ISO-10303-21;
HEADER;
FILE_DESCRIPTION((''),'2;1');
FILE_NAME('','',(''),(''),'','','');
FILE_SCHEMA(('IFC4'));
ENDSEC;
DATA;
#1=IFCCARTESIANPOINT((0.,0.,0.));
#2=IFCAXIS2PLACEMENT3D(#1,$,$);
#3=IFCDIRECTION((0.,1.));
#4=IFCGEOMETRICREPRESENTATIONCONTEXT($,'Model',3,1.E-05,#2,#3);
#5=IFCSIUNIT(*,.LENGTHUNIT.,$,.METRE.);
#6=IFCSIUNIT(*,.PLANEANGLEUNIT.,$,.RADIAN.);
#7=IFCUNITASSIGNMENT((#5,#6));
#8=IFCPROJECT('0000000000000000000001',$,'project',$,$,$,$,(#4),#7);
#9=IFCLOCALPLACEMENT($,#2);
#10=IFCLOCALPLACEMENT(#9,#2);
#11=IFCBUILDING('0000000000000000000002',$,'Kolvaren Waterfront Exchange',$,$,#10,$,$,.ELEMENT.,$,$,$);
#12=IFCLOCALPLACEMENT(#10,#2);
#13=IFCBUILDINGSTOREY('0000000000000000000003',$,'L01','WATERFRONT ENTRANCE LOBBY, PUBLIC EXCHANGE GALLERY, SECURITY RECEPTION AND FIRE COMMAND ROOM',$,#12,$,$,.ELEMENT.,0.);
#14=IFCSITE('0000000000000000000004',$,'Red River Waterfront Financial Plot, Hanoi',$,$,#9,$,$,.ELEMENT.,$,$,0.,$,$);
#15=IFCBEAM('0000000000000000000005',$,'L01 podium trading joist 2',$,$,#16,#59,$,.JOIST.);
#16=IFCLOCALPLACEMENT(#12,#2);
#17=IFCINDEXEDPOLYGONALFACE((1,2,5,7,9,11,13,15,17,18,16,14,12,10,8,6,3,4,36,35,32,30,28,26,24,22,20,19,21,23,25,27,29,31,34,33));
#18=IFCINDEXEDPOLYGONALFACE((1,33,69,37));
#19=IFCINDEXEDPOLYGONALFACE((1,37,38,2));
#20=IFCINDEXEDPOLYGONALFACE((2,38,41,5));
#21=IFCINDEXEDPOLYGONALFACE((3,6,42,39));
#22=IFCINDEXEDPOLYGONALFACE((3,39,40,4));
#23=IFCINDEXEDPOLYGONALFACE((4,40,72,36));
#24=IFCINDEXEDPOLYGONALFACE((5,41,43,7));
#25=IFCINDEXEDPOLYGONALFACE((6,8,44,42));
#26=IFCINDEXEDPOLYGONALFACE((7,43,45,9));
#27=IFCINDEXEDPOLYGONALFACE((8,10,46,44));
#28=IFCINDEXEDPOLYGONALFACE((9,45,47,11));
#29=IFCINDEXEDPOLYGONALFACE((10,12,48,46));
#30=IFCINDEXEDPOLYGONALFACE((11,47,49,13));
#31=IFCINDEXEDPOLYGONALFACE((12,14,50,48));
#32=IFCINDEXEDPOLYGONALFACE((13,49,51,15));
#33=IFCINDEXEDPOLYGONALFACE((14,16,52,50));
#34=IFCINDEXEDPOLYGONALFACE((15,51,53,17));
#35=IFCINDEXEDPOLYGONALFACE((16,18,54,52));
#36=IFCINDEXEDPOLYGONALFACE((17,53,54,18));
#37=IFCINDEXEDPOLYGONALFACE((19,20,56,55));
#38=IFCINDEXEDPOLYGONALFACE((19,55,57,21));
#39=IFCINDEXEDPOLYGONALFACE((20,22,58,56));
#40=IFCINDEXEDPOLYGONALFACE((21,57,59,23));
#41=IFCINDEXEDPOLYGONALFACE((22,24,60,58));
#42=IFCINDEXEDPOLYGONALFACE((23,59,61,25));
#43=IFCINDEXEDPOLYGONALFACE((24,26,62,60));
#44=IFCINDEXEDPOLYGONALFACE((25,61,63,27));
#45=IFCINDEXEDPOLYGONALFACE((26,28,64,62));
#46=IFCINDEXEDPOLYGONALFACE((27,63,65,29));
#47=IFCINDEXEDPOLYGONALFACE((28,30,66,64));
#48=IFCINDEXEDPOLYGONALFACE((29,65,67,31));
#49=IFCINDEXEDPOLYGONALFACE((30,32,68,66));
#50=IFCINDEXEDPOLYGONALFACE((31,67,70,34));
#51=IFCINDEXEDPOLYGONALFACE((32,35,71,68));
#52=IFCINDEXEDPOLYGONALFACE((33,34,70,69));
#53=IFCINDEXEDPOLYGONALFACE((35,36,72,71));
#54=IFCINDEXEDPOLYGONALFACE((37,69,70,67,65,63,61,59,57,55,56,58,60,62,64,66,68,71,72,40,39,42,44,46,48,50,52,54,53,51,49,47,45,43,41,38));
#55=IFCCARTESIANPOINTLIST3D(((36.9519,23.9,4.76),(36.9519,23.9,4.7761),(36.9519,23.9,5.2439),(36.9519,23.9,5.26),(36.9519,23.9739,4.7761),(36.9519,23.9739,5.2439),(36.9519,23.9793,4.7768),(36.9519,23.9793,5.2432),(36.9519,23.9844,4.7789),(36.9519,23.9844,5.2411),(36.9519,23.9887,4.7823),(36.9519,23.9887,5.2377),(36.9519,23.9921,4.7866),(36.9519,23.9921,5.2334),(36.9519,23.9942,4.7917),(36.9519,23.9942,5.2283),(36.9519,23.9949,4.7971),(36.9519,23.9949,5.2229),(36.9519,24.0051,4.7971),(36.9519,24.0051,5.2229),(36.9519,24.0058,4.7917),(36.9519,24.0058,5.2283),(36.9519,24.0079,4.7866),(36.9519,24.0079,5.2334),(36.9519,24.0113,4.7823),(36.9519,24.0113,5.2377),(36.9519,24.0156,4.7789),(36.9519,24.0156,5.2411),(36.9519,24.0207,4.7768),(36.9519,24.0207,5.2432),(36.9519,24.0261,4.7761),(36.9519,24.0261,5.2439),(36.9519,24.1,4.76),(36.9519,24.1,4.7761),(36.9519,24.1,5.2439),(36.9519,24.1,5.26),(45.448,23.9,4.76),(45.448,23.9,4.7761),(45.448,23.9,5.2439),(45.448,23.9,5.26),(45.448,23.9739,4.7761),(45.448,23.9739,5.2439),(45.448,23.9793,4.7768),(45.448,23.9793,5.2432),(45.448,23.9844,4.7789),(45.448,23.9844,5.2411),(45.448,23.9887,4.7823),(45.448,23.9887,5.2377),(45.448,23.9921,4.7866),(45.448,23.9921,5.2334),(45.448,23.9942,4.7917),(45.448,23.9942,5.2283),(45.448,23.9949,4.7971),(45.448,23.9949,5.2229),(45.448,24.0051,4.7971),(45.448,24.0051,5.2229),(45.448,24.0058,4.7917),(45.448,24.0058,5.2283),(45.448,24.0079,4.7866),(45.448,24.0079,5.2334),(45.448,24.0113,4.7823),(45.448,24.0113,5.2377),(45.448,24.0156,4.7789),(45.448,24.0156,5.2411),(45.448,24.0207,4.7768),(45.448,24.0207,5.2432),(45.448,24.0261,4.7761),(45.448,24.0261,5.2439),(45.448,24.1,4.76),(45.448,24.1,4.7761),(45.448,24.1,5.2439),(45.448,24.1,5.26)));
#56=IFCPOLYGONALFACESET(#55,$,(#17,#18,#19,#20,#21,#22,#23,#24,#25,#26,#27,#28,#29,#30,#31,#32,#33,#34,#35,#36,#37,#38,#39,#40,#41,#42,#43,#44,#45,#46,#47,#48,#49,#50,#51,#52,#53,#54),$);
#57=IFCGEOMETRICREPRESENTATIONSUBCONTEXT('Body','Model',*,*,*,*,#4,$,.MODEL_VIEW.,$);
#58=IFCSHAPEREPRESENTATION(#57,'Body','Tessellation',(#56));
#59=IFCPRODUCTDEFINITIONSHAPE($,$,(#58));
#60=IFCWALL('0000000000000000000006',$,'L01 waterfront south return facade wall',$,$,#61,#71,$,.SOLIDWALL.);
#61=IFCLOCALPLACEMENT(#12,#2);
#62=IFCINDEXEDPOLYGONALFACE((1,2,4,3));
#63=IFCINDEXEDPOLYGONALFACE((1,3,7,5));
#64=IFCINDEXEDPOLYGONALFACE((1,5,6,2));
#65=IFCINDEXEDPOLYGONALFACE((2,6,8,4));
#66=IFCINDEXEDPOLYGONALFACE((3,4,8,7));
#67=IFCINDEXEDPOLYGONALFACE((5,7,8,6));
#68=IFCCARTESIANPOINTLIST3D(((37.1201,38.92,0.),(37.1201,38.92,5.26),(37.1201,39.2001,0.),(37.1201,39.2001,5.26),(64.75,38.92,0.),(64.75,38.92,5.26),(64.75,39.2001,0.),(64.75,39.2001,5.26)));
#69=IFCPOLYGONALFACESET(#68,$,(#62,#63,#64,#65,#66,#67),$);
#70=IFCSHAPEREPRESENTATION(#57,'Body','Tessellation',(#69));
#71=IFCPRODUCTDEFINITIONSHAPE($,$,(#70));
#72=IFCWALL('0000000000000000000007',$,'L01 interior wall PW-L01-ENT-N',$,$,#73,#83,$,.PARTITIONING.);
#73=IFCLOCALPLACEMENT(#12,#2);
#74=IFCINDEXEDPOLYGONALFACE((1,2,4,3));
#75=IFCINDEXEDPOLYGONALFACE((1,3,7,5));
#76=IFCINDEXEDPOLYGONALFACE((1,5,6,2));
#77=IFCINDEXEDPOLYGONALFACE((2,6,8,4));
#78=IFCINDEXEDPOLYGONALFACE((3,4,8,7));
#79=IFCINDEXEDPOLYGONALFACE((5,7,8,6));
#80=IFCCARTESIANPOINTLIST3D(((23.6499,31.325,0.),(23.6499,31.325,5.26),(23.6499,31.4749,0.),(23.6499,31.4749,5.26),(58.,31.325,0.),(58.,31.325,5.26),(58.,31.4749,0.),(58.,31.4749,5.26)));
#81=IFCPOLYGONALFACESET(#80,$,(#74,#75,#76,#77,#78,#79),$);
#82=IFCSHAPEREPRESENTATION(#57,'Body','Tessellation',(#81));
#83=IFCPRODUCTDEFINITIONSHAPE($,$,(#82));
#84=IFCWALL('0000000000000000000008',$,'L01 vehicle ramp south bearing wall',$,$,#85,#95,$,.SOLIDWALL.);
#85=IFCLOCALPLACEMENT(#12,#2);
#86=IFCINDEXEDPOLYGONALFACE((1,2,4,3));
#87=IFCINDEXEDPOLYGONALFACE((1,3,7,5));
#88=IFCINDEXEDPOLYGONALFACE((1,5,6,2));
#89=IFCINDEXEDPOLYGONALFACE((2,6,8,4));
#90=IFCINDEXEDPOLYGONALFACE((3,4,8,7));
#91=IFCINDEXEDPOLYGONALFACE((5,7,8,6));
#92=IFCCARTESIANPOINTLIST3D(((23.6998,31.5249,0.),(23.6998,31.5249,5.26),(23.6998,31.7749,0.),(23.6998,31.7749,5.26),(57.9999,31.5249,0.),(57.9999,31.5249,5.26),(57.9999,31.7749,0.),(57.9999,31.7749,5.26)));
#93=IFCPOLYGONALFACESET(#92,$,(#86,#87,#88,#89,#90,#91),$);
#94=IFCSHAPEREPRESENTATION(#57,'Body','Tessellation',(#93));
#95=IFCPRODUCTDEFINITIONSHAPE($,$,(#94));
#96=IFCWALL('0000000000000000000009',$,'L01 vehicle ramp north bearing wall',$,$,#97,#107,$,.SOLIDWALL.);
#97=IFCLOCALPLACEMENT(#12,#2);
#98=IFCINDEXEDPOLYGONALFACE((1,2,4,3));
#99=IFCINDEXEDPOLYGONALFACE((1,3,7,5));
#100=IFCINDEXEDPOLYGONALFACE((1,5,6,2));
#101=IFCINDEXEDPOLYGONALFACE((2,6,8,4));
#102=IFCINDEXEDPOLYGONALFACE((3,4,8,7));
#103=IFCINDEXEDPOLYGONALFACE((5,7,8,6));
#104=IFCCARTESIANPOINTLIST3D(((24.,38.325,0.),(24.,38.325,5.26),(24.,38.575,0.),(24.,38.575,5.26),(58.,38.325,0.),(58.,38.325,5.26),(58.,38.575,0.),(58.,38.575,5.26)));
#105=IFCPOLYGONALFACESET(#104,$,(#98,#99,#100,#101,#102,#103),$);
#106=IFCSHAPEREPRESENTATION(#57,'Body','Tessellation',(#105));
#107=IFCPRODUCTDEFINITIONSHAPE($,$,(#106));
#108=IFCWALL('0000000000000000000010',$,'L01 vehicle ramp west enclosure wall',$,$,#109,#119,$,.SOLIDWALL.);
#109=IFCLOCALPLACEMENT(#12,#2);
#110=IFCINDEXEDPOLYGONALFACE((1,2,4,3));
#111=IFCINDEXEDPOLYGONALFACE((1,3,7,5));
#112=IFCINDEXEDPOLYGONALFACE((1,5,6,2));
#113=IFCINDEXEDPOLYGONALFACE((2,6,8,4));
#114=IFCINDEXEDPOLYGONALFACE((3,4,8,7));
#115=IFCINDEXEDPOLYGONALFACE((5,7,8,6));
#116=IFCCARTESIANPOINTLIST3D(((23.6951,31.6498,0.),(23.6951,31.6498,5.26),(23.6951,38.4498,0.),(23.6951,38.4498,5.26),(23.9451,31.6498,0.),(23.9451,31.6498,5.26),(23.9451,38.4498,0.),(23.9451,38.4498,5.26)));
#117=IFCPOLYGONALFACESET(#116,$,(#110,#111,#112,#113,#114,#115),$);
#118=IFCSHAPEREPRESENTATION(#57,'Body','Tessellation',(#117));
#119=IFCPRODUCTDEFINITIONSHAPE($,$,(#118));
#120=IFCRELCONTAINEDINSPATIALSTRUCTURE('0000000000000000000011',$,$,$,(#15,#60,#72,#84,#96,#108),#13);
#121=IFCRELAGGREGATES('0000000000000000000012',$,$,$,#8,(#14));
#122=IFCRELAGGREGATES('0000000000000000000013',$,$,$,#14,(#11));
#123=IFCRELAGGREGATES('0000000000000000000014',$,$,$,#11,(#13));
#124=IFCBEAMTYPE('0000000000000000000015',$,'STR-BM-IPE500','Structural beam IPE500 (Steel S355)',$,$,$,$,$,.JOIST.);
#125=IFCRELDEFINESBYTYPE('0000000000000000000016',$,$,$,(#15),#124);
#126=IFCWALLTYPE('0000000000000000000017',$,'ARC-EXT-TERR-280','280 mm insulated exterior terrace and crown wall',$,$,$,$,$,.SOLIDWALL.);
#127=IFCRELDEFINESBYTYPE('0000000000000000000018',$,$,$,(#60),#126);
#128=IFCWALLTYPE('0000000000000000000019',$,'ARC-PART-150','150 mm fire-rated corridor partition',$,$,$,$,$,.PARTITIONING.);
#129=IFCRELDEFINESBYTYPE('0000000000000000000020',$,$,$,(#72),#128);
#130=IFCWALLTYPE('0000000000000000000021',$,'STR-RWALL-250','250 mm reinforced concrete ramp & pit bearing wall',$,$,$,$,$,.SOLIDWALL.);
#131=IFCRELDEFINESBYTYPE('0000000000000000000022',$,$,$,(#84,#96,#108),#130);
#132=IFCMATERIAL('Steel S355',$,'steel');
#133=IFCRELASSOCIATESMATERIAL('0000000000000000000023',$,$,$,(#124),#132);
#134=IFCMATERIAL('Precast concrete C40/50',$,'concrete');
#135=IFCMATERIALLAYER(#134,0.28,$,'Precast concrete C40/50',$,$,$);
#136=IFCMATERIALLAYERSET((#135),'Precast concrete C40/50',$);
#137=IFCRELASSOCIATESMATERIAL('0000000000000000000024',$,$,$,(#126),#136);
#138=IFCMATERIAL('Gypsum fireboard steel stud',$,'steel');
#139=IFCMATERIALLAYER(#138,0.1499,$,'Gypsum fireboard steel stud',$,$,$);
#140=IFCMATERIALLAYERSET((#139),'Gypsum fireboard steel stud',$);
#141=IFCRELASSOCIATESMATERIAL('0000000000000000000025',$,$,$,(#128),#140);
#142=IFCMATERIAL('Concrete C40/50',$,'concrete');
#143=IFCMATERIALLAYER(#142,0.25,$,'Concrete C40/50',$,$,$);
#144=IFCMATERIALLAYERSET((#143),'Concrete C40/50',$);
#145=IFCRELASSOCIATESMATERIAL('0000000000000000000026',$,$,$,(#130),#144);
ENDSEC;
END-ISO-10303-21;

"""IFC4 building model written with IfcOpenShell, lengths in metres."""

from ifc_helpers import new_model, si_unit, direction, frame, frame_2d, origin, origin_2d, place, context, subcontext, project, spatial, rectangle, i_section, extrude, material, layer, layer_set, material_profile, profile_set, type_object, element, save


model = new_model("IFC4")

# Units and contexts
model_context = context("Model", 3, precision=1e-05, world=origin(), true_north=direction((0.0, 1.0)))
body_context = subcontext(model_context, "Body", "Model", "MODEL_VIEW")
ifc_project = project(units=[si_unit("LENGTHUNIT", "METRE"), si_unit("PLANEANGLEUNIT", "RADIAN")], contexts=[model_context])

# Site, building, storey
site_placement = place(None, origin())
site = spatial("IfcSite", under=ifc_project, at=site_placement, Name="Red River Waterfront Financial Plot, Hanoi", CompositionType="ELEMENT", RefElevation=0.0)
building_placement = place(site_placement, origin())
building = spatial("IfcBuilding", under=site, at=building_placement, Name="Kolvaren Waterfront Exchange", CompositionType="ELEMENT")
storey_placement = place(building_placement, origin())
storey = spatial("IfcBuildingStorey", under=building, at=storey_placement, Name="L01", Description="WATERFRONT ENTRANCE LOBBY, PUBLIC EXCHANGE GALLERY, SECURITY RECEPTION AND FIRE COMMAND ROOM", CompositionType="ELEMENT", Elevation=0.0)

# Beam
ifc_material_1 = material(Name="Steel S355", Category="steel")
ifc_material_profile_1 = material_profile(ifc_material_1, i_section(OverallWidth=0.2, OverallDepth=0.5, WebThickness=0.0103, FlangeThickness=0.0161, FilletRadius=0.021, at=origin_2d()), Name="IPE500")
ifc_profile_set_1 = profile_set([ifc_material_profile_1], Name="Steel S355")
beam_type_1 = type_object("IfcBeamType", Name="STR-BM-IPE500", Description="Structural beam IPE500 (Steel S355)", PredefinedType="JOIST", material=ifc_profile_set_1)
beam_1_placement = place(storey_placement, frame((36.9519, 24.0, 5.01), z_axis=(1.0, 0.0, 0.0), x_axis=(0.0, 1.0, 0.0)))
element("IfcBeam", 1, at=beam_1_placement, inside=storey, type_object=beam_type_1, Name="L01 podium trading joist 2", PredefinedType="JOIST", context=body_context, shape_type="SweptSolid", body=[
    extrude(i_section(OverallWidth=0.2, OverallDepth=0.5, WebThickness=0.0103, FlangeThickness=0.0161, FilletRadius=0.021, at=origin_2d()), origin(), (0.0, 0.0, 1.0), 8.4961),
])

# Walls
ifc_material_2 = material(Name="Precast concrete C40/50", Category="concrete")
ifc_layer_1 = layer(ifc_material_2, 0.28, Name="Precast concrete C40/50")
ifc_layer_set_1 = layer_set([ifc_layer_1], Name="Precast concrete C40/50")
wall_type_1 = type_object("IfcWallType", Name="ARC-EXT-TERR-280", Description="280 mm insulated exterior terrace and crown wall", PredefinedType="SOLIDWALL", material=ifc_layer_set_1)
wall_1_placement = place(storey_placement, frame((37.1201, 39.0601, 0.0), z_axis=(0.0, 0.0, 1.0), x_axis=(1.0, 0.0, 0.0)))
element("IfcWall", 2, at=wall_1_placement, inside=storey, type_object=wall_type_1, Name="L01 waterfront south return facade wall", PredefinedType="SOLIDWALL", context=body_context, shape_type="SweptSolid", body=[
    extrude(rectangle(XDim=27.6299, YDim=0.28, at=frame_2d((13.8149, 0.0))), origin(), (0.0, 0.0, 1.0), 5.26),
])
ifc_material_3 = material(Name="Gypsum fireboard steel stud", Category="steel")
ifc_layer_2 = layer(ifc_material_3, 0.1499, Name="Gypsum fireboard steel stud")
ifc_layer_set_2 = layer_set([ifc_layer_2], Name="Gypsum fireboard steel stud")
wall_type_2 = type_object("IfcWallType", Name="ARC-PART-150", Description="150 mm fire-rated corridor partition", PredefinedType="PARTITIONING", material=ifc_layer_set_2)
wall_2_placement = place(storey_placement, frame((23.6499, 31.3999, 0.0), z_axis=(0.0, 0.0, 1.0), x_axis=(1.0, 0.0, 0.0)))
element("IfcWall", 3, at=wall_2_placement, inside=storey, type_object=wall_type_2, Name="L01 interior wall PW-L01-ENT-N", PredefinedType="PARTITIONING", context=body_context, shape_type="SweptSolid", body=[
    extrude(rectangle(XDim=34.3501, YDim=0.1499, at=frame_2d((17.175, 0.0))), origin(), (0.0, 0.0, 1.0), 5.26),
])
ifc_material_4 = material(Name="Concrete C40/50", Category="concrete")
ifc_layer_3 = layer(ifc_material_4, 0.25, Name="Concrete C40/50")
ifc_layer_set_3 = layer_set([ifc_layer_3], Name="Concrete C40/50")
wall_type_3 = type_object("IfcWallType", Name="STR-RWALL-250", Description="250 mm reinforced concrete ramp & pit bearing wall", PredefinedType="SOLIDWALL", material=ifc_layer_set_3)
wall_3_placement = place(storey_placement, frame((23.7, 31.6499, 0.0), z_axis=(0.0, 0.0, 1.0), x_axis=(1.0, 0.0, 0.0)))
element("IfcWall", 4, at=wall_3_placement, inside=storey, type_object=wall_type_3, Name="L01 vehicle ramp south bearing wall", PredefinedType="SOLIDWALL", context=body_context, shape_type="SweptSolid", body=[
    extrude(rectangle(XDim=34.3, YDim=0.25, at=frame_2d((17.1499, 0.0))), origin(), (0.0, 0.0, 1.0), 5.26),
])
wall_4_placement = place(storey_placement, frame((24.0, 38.45, 0.0), z_axis=(0.0, 0.0, 1.0), x_axis=(1.0, 0.0, 0.0)))
element("IfcWall", 5, at=wall_4_placement, inside=storey, type_object=wall_type_3, Name="L01 vehicle ramp north bearing wall", PredefinedType="SOLIDWALL", context=body_context, shape_type="SweptSolid", body=[
    extrude(rectangle(XDim=34.0, YDim=0.25, at=frame_2d((17.0, 0.0))), origin(), (0.0, 0.0, 1.0), 5.26),
])
wall_5_placement = place(storey_placement, frame((23.8201, 31.6499, 0.0), z_axis=(0.0, 0.0, 1.0), x_axis=(0.0, 1.0, 0.0)))
element("IfcWall", 6, at=wall_5_placement, inside=storey, type_object=wall_type_3, Name="L01 vehicle ramp west enclosure wall", PredefinedType="SOLIDWALL", context=body_context, shape_type="SweptSolid", body=[
    extrude(rectangle(XDim=6.8, YDim=0.25, at=frame_2d((3.3999, 0.0))), origin(), (0.0, 0.0, 1.0), 5.26),
])

save(model, "model.ifc")
